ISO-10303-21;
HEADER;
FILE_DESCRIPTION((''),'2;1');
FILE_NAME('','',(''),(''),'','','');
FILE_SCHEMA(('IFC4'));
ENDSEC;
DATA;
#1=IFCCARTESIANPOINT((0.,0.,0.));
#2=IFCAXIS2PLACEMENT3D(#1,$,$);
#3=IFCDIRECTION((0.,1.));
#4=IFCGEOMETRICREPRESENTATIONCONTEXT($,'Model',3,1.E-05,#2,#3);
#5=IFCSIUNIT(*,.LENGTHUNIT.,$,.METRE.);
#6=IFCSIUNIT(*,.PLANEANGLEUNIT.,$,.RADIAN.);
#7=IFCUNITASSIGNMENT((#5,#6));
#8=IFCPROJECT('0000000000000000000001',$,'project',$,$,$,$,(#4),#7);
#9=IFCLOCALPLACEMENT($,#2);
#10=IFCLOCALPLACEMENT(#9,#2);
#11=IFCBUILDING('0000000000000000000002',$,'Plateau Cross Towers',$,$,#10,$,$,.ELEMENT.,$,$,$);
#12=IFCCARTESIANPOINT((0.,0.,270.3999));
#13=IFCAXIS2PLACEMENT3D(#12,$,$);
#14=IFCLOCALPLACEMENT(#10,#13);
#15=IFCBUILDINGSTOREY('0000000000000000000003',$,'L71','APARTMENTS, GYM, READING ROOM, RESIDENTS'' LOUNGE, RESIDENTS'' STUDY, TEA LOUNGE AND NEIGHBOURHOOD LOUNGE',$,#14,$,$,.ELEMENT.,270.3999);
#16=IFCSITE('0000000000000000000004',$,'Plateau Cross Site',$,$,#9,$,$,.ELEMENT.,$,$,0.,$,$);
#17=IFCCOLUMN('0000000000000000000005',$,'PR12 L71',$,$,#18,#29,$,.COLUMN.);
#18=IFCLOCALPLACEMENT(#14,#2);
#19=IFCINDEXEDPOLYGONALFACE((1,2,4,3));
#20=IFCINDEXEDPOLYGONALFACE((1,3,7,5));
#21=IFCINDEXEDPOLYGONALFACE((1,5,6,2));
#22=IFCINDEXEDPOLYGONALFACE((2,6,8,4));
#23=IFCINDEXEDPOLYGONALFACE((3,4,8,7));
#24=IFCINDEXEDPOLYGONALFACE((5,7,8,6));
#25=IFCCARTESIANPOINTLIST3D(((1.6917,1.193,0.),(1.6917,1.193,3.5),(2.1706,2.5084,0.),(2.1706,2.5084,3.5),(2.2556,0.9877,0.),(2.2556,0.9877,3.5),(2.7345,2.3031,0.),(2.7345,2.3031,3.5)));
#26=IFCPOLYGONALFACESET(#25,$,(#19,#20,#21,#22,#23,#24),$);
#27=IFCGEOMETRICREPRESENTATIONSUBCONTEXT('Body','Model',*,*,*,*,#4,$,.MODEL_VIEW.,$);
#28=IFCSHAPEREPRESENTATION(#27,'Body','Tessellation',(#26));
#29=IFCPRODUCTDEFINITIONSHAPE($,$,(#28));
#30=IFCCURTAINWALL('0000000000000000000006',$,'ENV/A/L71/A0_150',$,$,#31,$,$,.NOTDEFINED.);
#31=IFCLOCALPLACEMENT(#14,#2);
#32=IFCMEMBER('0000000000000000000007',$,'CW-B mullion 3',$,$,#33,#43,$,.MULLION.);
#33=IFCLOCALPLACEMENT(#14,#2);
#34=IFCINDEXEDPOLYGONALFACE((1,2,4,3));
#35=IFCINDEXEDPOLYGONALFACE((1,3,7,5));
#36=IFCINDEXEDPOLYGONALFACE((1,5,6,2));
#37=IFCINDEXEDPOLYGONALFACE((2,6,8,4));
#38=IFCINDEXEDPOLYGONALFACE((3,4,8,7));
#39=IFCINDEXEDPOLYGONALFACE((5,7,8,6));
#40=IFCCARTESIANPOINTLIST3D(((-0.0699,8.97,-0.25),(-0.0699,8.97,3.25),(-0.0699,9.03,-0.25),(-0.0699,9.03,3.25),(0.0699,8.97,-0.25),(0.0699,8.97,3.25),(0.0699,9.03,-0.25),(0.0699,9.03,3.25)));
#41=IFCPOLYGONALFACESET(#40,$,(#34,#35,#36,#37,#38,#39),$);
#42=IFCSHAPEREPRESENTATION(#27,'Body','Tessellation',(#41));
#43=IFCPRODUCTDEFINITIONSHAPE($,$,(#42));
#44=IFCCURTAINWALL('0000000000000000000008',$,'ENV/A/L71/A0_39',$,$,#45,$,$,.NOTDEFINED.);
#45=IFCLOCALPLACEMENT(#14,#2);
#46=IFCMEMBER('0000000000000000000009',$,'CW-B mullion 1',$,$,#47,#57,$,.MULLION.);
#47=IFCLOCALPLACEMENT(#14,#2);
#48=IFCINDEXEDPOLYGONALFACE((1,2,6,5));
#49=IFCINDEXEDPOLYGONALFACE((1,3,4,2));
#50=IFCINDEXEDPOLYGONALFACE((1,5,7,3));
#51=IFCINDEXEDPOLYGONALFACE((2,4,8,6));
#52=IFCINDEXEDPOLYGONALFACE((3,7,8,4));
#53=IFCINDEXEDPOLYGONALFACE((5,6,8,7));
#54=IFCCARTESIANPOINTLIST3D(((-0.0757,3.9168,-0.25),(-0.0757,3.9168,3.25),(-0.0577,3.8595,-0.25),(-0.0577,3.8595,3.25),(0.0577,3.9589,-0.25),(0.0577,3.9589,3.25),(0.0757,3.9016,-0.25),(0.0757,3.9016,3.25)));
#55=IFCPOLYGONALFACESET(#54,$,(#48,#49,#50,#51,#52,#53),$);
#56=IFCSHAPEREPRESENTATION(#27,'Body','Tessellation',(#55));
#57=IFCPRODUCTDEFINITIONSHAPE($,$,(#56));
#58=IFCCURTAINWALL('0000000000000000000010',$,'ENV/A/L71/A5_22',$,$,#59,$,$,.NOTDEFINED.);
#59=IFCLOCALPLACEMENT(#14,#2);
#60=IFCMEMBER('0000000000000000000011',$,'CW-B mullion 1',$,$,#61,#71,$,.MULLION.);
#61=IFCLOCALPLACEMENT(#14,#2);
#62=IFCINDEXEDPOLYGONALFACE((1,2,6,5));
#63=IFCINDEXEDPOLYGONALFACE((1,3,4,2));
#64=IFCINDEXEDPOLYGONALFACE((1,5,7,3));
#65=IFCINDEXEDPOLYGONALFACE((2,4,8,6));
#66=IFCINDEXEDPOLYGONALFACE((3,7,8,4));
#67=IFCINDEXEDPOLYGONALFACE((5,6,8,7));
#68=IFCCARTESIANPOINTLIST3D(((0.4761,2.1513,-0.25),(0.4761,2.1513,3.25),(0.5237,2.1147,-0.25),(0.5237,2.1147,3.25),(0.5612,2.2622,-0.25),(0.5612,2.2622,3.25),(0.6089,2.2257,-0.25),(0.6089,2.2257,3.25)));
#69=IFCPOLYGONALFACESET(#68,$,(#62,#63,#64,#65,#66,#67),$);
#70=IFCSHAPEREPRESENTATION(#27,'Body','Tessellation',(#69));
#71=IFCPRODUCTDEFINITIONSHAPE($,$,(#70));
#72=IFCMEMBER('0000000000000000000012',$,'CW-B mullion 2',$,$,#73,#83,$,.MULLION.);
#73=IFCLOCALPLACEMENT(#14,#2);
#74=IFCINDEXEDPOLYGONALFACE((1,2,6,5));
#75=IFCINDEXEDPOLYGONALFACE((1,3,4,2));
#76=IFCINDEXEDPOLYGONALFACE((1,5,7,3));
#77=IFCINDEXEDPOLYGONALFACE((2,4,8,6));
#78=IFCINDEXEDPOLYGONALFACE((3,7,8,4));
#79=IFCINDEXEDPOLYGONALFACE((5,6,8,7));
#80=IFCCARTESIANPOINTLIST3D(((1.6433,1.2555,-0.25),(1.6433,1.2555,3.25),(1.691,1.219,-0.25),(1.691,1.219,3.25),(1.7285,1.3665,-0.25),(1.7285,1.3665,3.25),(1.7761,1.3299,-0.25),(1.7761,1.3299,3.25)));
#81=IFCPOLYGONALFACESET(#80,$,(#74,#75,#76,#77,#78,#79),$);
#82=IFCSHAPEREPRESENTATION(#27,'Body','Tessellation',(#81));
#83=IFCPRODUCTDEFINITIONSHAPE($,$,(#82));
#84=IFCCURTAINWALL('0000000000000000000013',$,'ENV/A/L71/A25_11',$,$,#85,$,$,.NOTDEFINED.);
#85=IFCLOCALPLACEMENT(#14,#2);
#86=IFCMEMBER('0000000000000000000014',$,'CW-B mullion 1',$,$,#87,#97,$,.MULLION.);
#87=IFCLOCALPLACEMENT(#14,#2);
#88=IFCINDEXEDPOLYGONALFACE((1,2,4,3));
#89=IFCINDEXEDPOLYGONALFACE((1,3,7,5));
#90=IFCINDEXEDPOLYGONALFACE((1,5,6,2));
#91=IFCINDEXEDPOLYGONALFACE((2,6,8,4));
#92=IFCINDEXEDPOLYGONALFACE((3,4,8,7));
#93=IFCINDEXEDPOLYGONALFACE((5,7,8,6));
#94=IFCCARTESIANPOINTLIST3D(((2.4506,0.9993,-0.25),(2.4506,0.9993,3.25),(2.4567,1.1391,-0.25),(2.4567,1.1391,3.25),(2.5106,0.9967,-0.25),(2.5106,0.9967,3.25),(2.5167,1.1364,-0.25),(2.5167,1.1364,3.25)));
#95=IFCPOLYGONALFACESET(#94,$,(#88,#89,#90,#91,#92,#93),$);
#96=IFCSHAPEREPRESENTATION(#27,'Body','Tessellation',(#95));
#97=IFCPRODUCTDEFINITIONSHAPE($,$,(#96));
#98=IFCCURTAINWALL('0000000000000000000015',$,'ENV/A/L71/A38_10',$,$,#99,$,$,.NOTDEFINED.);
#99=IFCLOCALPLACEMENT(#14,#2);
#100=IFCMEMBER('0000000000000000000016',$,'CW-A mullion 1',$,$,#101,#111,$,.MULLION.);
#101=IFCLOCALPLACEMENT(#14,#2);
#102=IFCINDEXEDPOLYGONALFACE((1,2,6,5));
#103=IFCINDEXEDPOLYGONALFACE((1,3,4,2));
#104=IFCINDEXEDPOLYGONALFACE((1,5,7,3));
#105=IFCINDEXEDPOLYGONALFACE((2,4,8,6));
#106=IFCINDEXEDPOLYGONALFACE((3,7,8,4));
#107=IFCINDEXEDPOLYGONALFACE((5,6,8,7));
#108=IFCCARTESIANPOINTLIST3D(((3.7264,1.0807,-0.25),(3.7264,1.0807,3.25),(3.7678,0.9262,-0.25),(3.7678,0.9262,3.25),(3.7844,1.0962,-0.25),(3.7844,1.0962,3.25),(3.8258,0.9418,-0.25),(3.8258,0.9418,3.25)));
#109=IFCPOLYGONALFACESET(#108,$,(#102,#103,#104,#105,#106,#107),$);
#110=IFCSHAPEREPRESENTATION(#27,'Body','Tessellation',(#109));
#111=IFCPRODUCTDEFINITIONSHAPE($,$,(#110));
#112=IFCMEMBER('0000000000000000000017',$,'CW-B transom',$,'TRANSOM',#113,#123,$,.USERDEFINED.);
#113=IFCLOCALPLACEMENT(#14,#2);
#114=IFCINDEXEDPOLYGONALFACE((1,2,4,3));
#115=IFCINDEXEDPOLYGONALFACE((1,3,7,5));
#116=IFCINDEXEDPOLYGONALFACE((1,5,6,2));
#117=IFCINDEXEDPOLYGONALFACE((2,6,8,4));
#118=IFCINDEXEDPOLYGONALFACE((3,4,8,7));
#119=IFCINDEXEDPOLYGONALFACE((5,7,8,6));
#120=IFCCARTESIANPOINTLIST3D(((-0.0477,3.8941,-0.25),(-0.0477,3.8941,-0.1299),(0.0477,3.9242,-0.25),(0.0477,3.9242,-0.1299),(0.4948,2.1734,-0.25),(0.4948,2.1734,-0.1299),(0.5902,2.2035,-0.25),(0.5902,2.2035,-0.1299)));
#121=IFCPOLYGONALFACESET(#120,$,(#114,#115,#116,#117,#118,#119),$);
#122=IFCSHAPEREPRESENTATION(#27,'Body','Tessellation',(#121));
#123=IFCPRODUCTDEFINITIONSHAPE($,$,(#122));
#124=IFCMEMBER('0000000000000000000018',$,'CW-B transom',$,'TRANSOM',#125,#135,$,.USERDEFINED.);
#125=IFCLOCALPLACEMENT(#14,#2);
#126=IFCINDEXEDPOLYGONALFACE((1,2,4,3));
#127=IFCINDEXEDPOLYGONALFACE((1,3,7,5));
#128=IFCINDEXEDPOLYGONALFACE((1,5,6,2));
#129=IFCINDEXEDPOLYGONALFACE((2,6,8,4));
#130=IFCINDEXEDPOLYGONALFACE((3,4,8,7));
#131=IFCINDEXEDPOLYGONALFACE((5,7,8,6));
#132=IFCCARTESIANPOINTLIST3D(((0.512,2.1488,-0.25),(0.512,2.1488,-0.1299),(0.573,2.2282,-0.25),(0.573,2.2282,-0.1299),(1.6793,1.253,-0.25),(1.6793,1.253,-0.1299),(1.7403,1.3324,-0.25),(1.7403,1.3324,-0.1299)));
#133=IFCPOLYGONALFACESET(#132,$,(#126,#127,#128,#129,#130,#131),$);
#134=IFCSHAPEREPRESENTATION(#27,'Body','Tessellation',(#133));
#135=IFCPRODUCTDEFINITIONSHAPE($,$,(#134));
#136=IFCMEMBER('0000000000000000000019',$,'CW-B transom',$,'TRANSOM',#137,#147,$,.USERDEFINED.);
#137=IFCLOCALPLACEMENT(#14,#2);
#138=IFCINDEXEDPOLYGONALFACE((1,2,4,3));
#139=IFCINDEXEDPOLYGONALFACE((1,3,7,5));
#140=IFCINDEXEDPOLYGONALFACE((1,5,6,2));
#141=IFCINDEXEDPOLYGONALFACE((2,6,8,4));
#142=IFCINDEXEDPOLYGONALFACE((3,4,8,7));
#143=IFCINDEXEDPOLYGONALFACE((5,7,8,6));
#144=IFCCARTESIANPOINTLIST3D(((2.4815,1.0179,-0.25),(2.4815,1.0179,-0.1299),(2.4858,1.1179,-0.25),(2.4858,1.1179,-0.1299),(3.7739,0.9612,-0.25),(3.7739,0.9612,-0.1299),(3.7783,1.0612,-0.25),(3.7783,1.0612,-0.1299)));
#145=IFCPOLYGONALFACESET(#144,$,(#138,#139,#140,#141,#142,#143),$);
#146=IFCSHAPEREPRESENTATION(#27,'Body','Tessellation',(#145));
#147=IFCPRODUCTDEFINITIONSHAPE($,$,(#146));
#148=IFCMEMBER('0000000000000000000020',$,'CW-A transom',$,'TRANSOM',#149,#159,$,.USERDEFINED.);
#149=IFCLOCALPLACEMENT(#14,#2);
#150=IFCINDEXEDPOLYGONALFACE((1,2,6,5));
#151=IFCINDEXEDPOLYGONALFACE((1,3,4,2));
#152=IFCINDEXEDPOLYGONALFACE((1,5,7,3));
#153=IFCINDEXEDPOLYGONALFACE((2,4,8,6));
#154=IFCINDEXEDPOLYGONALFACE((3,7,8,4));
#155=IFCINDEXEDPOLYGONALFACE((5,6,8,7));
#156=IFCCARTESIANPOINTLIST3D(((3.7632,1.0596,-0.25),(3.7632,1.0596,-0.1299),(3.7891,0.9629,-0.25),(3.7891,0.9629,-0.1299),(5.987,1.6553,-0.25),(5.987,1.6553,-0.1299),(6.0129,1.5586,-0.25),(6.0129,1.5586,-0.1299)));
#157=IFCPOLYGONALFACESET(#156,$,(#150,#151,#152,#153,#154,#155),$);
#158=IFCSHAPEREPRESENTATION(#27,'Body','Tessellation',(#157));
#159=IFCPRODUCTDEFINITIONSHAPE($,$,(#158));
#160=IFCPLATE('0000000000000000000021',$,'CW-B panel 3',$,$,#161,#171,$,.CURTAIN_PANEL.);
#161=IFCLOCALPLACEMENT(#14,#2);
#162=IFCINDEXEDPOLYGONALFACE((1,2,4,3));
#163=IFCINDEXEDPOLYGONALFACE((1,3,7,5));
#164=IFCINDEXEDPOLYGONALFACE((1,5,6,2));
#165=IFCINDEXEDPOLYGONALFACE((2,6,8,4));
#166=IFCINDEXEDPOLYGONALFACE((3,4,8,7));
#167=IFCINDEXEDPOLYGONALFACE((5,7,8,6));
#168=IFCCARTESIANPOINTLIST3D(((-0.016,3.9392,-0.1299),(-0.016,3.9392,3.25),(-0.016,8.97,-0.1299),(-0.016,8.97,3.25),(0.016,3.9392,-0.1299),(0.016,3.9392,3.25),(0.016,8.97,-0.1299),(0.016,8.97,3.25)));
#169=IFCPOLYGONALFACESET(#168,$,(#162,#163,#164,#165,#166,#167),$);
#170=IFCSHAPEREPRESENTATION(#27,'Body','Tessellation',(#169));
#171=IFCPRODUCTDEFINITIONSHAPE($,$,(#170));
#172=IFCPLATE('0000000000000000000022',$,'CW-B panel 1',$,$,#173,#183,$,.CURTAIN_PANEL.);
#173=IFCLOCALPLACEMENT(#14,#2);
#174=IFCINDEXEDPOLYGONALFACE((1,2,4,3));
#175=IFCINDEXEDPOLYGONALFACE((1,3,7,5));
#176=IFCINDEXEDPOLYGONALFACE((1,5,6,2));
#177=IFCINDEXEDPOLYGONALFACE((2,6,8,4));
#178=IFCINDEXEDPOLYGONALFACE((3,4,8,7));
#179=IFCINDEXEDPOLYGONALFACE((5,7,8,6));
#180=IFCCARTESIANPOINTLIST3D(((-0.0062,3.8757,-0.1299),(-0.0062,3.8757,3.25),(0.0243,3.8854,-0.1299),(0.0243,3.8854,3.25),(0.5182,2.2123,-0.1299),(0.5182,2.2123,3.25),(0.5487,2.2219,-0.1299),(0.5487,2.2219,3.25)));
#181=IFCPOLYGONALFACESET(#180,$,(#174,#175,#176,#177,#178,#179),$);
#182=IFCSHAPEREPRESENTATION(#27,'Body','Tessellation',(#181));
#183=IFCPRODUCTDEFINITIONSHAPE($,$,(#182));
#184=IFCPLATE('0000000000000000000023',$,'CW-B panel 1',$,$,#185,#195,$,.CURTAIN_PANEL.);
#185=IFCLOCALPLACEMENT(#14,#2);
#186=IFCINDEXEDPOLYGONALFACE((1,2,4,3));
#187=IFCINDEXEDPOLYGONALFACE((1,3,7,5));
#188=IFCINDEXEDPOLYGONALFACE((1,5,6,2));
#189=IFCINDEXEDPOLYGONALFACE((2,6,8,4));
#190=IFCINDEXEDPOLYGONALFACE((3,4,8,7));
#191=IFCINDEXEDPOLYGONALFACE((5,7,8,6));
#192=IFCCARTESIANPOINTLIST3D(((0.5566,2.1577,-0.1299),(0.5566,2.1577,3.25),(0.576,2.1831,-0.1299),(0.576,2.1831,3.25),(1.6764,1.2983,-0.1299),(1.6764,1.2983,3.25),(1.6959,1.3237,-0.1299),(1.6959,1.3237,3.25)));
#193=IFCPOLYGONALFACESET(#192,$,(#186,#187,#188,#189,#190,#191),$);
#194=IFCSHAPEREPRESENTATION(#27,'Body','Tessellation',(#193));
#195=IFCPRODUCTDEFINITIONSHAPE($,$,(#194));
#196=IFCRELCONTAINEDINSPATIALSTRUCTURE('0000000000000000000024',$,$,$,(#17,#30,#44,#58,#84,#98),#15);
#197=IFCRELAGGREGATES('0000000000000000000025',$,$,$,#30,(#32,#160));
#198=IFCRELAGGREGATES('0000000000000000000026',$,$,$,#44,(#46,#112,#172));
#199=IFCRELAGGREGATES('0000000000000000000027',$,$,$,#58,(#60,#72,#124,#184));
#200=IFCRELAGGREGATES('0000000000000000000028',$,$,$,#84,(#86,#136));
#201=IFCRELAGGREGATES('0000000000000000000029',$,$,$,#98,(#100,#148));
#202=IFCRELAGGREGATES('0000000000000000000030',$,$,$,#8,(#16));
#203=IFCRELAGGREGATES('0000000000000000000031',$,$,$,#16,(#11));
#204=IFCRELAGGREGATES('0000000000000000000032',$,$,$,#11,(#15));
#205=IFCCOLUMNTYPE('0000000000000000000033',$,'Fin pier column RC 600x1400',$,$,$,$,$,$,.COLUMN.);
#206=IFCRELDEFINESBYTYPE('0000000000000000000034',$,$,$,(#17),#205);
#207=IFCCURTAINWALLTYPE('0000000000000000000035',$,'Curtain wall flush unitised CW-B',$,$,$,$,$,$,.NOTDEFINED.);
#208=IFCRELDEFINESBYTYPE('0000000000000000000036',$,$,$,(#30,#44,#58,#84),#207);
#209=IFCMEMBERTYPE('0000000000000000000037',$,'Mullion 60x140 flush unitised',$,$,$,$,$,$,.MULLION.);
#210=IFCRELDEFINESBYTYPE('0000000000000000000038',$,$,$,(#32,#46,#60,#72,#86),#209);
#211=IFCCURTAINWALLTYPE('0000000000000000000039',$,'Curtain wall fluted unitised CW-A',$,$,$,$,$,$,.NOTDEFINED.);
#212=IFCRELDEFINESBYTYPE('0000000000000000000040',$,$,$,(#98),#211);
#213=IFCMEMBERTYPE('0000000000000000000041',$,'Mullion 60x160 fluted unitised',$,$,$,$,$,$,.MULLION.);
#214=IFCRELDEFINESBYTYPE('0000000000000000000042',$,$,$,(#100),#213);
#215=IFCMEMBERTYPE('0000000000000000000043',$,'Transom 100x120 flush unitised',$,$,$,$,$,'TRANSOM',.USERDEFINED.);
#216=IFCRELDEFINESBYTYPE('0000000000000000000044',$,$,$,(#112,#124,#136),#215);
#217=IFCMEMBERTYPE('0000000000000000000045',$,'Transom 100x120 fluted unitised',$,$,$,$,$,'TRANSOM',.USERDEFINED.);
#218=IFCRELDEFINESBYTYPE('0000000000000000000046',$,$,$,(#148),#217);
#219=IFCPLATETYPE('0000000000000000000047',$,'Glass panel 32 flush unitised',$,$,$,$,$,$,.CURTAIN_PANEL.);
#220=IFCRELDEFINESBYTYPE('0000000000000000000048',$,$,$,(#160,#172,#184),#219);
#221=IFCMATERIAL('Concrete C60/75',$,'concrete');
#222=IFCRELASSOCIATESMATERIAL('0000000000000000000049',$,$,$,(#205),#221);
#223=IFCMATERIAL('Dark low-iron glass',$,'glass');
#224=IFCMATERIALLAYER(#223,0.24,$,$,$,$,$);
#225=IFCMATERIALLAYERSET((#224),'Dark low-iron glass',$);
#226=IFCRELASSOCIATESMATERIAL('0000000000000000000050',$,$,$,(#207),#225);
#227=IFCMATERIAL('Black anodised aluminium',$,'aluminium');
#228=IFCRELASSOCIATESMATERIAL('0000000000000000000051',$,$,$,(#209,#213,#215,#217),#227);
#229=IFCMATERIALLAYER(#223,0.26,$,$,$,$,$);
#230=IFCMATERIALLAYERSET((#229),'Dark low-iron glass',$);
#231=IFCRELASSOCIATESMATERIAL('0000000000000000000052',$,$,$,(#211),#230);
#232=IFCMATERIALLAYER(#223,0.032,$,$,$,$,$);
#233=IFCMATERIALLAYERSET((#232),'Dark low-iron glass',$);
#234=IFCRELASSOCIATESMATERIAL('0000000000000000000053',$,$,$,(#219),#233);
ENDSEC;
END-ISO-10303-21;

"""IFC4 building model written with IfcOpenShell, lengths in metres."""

from ifc_helpers import new_model, si_unit, direction, frame, origin, origin_2d, place, context, subcontext, project, spatial, rectangle, extrude, material, layer, layer_set, material_profile, profile_set, type_object, element, aggregate, save


model = new_model("IFC4")

# Units and contexts
model_context = context("Model", 3, precision=1e-05, world=origin(), true_north=direction((0.0, 1.0)))
body_context = subcontext(model_context, "Body", "Model", "MODEL_VIEW")
ifc_project = project(units=[si_unit("LENGTHUNIT", "METRE"), si_unit("PLANEANGLEUNIT", "RADIAN")], contexts=[model_context])

# Site, building, storey
site_placement = place(None, origin())
site = spatial("IfcSite", under=ifc_project, at=site_placement, Name="Plateau Cross Site", CompositionType="ELEMENT", RefElevation=0.0)
building_placement = place(site_placement, origin())
building = spatial("IfcBuilding", under=site, at=building_placement, Name="Plateau Cross Towers", CompositionType="ELEMENT")
storey_placement = place(building_placement, frame((0.0, 0.0, 270.3999)))
storey = spatial("IfcBuildingStorey", under=building, at=storey_placement, Name="L71", Description="APARTMENTS, GYM, READING ROOM, RESIDENTS' LOUNGE, RESIDENTS' STUDY, TEA LOUNGE AND NEIGHBOURHOOD LOUNGE", CompositionType="ELEMENT", Elevation=270.3999)

# Column
ifc_material_1 = material(Name="Concrete C60/75", Category="concrete")
ifc_material_profile_1 = material_profile(ifc_material_1, rectangle(XDim=0.6001, YDim=1.3999, at=origin_2d()), Name="RC 600x1400")
ifc_profile_set_1 = profile_set([ifc_material_profile_1], Name="Concrete C60/75")
column_type = type_object("IfcColumnType", Name="Fin pier column RC 600x1400", PredefinedType="COLUMN", material=ifc_profile_set_1)
column_placement = place(storey_placement, frame((2.2131, 1.748, 0.0), z_axis=(0.0, 0.0, 1.0), x_axis=(-0.939664, 0.342098, 0.0)))
element("IfcColumn", 1, at=column_placement, inside=storey, type_object=column_type, Name="PR12 L71", PredefinedType="COLUMN", context=body_context, shape_type="SweptSolid", body=[
    extrude(rectangle(XDim=0.6001, YDim=1.3999, at=origin_2d()), origin(), (0.0, 0.0, 1.0), 3.5),
])

# Curtain walls, members
ifc_material_2 = material(Name="Dark low-iron glass", Category="glass")
ifc_layer_1 = layer(ifc_material_2, 0.24)
ifc_layer_set_1 = layer_set([ifc_layer_1], Name="Dark low-iron glass")
curtain_wall_type_1 = type_object("IfcCurtainWallType", Name="Curtain wall flush unitised CW-B", PredefinedType="NOTDEFINED", material=ifc_layer_set_1)
curtain_wall_1_placement = place(storey_placement, origin())
curtain_wall_1 = element("IfcCurtainWall", 2, at=curtain_wall_1_placement, inside=storey, type_object=curtain_wall_type_1, Name="ENV/A/L71/A0_150", PredefinedType="NOTDEFINED")
ifc_material_3 = material(Name="Black anodised aluminium", Category="aluminium")
ifc_material_profile_2 = material_profile(ifc_material_3, rectangle(XDim=0.0601, YDim=0.1399, at=origin_2d()), Name="MULLION 60x140")
ifc_profile_set_2 = profile_set([ifc_material_profile_2], Name="Black anodised aluminium")
member_type_1 = type_object("IfcMemberType", Name="Mullion 60x140 flush unitised", PredefinedType="MULLION", material=ifc_profile_set_2)
member_1_placement = place(storey_placement, frame((0.0, 9.0, -0.25), z_axis=(0.0, 0.0, 1.0), x_axis=(0.0, -1.0, 0.0)))
member_1 = element("IfcMember", 3, at=member_1_placement, type_object=member_type_1, Name="CW-B mullion 3", PredefinedType="MULLION", context=body_context, shape_type="SweptSolid", body=[
    extrude(rectangle(XDim=0.0601, YDim=0.1399, at=origin_2d()), origin(), (0.0, 0.0, 1.0), 3.5),
])
curtain_wall_2_placement = place(storey_placement, origin())
curtain_wall_2 = element("IfcCurtainWall", 4, at=curtain_wall_2_placement, inside=storey, type_object=curtain_wall_type_1, Name="ENV/A/L71/A0_39", PredefinedType="NOTDEFINED")
member_2_placement = place(storey_placement, frame((0.0, 3.9092, -0.25), z_axis=(0.0, 0.0, 1.0), x_axis=(0.300686, -0.953723, 0.0)))
member_2 = element("IfcMember", 5, at=member_2_placement, type_object=member_type_1, Name="CW-B mullion 1", PredefinedType="MULLION", context=body_context, shape_type="SweptSolid", body=[
    extrude(rectangle(XDim=0.0601, YDim=0.1399, at=origin_2d()), origin(), (0.0, 0.0, 1.0), 3.5),
])

# Curtain wall, members
curtain_wall_3_placement = place(storey_placement, origin())
curtain_wall_3 = element("IfcCurtainWall", 6, at=curtain_wall_3_placement, inside=storey, type_object=curtain_wall_type_1, Name="ENV/A/L71/A5_22", PredefinedType="NOTDEFINED")
member_3_placement = place(storey_placement, frame((0.5425, 2.1885, -0.25), z_axis=(0.0, 0.0, 1.0), x_axis=(0.793316, -0.608811, 0.0)))
member_3 = element("IfcMember", 7, at=member_3_placement, type_object=member_type_1, Name="CW-B mullion 1", PredefinedType="MULLION", context=body_context, shape_type="SweptSolid", body=[
    extrude(rectangle(XDim=0.0601, YDim=0.1399, at=origin_2d()), origin(), (0.0, 0.0, 1.0), 3.5),
])
member_4_placement = place(storey_placement, frame((1.7097, 1.2927, -0.25), z_axis=(0.0, 0.0, 1.0), x_axis=(0.793316, -0.608811, 0.0)))
member_4 = element("IfcMember", 8, at=member_4_placement, type_object=member_type_1, Name="CW-B mullion 2", PredefinedType="MULLION", context=body_context, shape_type="SweptSolid", body=[
    extrude(rectangle(XDim=0.0601, YDim=0.1399, at=origin_2d()), origin(), (0.0, 0.0, 1.0), 3.5),
])

# Curtain walls, members
curtain_wall_4_placement = place(storey_placement, origin())
curtain_wall_4 = element("IfcCurtainWall", 9, at=curtain_wall_4_placement, inside=storey, type_object=curtain_wall_type_1, Name="ENV/A/L71/A25_11", PredefinedType="NOTDEFINED")
member_5_placement = place(storey_placement, frame((2.4836, 1.0679, -0.25), z_axis=(0.0, 0.0, 1.0), x_axis=(0.999044, -0.043723, 0.0)))
member_5 = element("IfcMember", 10, at=member_5_placement, type_object=member_type_1, Name="CW-B mullion 1", PredefinedType="MULLION", context=body_context, shape_type="SweptSolid", body=[
    extrude(rectangle(XDim=0.0601, YDim=0.1399, at=origin_2d()), origin(), (0.0, 0.0, 1.0), 3.5),
])
ifc_layer_2 = layer(ifc_material_2, 0.26)
ifc_layer_set_2 = layer_set([ifc_layer_2], Name="Dark low-iron glass")
curtain_wall_type_2 = type_object("IfcCurtainWallType", Name="Curtain wall fluted unitised CW-A", PredefinedType="NOTDEFINED", material=ifc_layer_set_2)
curtain_wall_5_placement = place(storey_placement, origin())
curtain_wall_5 = element("IfcCurtainWall", 11, at=curtain_wall_5_placement, inside=storey, type_object=curtain_wall_type_2, Name="ENV/A/L71/A38_10", PredefinedType="NOTDEFINED")
ifc_material_profile_3 = material_profile(ifc_material_3, rectangle(XDim=0.0601, YDim=0.1599, at=origin_2d()), Name="MULLION 60x160")
ifc_profile_set_3 = profile_set([ifc_material_profile_3], Name="Black anodised aluminium")
member_type_2 = type_object("IfcMemberType", Name="Mullion 60x160 fluted unitised", PredefinedType="MULLION", material=ifc_profile_set_3)
member_6_placement = place(storey_placement, frame((3.7761, 1.0112, -0.25), z_axis=(0.0, 0.0, 1.0), x_axis=(0.965958, 0.258699, 0.0)))
member_6 = element("IfcMember", 12, at=member_6_placement, type_object=member_type_2, Name="CW-A mullion 1", PredefinedType="MULLION", context=body_context, shape_type="SweptSolid", body=[
    extrude(rectangle(XDim=0.0601, YDim=0.1599, at=origin_2d()), origin(), (0.0, 0.0, 1.0), 3.5),
])

# Members
ifc_material_profile_4 = material_profile(ifc_material_3, rectangle(XDim=0.1001, YDim=0.1201, at=origin_2d()), Name="TRANSOM 100x120")
ifc_profile_set_4 = profile_set([ifc_material_profile_4], Name="Black anodised aluminium")
member_type_3 = type_object("IfcMemberType", Name="Transom 100x120 flush unitised", ElementType="TRANSOM", PredefinedType="USERDEFINED", material=ifc_profile_set_4)
member_7_placement = place(storey_placement, frame((0.0, 3.9092, -0.1899), z_axis=(0.300678, -0.953726, 0.0), x_axis=(0.953726, 0.300678, 0.0)))
member_7 = element("IfcMember", 13, at=member_7_placement, type_object=member_type_3, Name="CW-B transom", ObjectType="TRANSOM", PredefinedType="USERDEFINED", context=body_context, shape_type="SweptSolid", body=[
    extrude(rectangle(XDim=0.1001, YDim=0.1201, at=origin_2d()), origin(), (0.0, 0.0, 1.0), 1.8042),
])
member_8_placement = place(storey_placement, frame((0.5425, 2.1885, -0.1899), z_axis=(0.793321, -0.608804, 0.0), x_axis=(0.608804, 0.793321, 0.0)))
member_8 = element("IfcMember", 14, at=member_8_placement, type_object=member_type_3, Name="CW-B transom", ObjectType="TRANSOM", PredefinedType="USERDEFINED", context=body_context, shape_type="SweptSolid", body=[
    extrude(rectangle(XDim=0.1001, YDim=0.1201, at=origin_2d()), origin(), (0.0, 0.0, 1.0), 1.4714),
])
member_9_placement = place(storey_placement, frame((2.4836, 1.0679, -0.1899), z_axis=(0.999041, -0.043781, 0.0), x_axis=(0.043781, 0.999041, 0.0)))
member_9 = element("IfcMember", 15, at=member_9_placement, type_object=member_type_3, Name="CW-B transom", ObjectType="TRANSOM", PredefinedType="USERDEFINED", context=body_context, shape_type="SweptSolid", body=[
    extrude(rectangle(XDim=0.1001, YDim=0.1201, at=origin_2d()), origin(), (0.0, 0.0, 1.0), 1.2937),
])
ifc_material_profile_5 = material_profile(ifc_material_3, rectangle(XDim=0.1001, YDim=0.1201, at=origin_2d()), Name="TRANSOM 100x120")
ifc_profile_set_5 = profile_set([ifc_material_profile_5], Name="Black anodised aluminium")
member_type_4 = type_object("IfcMemberType", Name="Transom 100x120 fluted unitised", ElementType="TRANSOM", PredefinedType="USERDEFINED", material=ifc_profile_set_5)
member_10_placement = place(storey_placement, frame((3.7761, 1.0112, -0.1899), z_axis=(0.965946, 0.258745, 0.0), x_axis=(-0.258745, 0.965946, 0.0)))
member_10 = element("IfcMember", 16, at=member_10_placement, type_object=member_type_4, Name="CW-A transom", ObjectType="TRANSOM", PredefinedType="USERDEFINED", context=body_context, shape_type="SweptSolid", body=[
    extrude(rectangle(XDim=0.1001, YDim=0.1201, at=origin_2d()), origin(), (0.0, 0.0, 1.0), 2.3022),
])

# Plates
ifc_layer_3 = layer(ifc_material_2, 0.032)
ifc_layer_set_3 = layer_set([ifc_layer_3], Name="Dark low-iron glass")
plate_type_1 = type_object("IfcPlateType", Name="Glass panel 32 flush unitised", PredefinedType="CURTAIN_PANEL", material=ifc_layer_set_3)
plate_1_placement = place(storey_placement, frame((0.0, 6.4546, -0.1299), z_axis=(0.0, 0.0, 1.0), x_axis=(0.0, -1.0, 0.0)))
plate_1 = element("IfcPlate", 17, at=plate_1_placement, type_object=plate_type_1, Name="CW-B panel 3", PredefinedType="CURTAIN_PANEL", context=body_context, shape_type="SweptSolid", body=[
    extrude(rectangle(XDim=5.0308, YDim=0.032, at=origin_2d()), origin(), (0.0, 0.0, 1.0), 3.3799),
])
aggregate(curtain_wall_1, [member_1, plate_1])
plate_2_placement = place(storey_placement, frame((0.2712, 3.0488, -0.1299), z_axis=(0.0, 0.0, 1.0), x_axis=(0.300686, -0.953723, 0.0)))
plate_2 = element("IfcPlate", 18, at=plate_2_placement, type_object=plate_type_1, Name="CW-B panel 1", PredefinedType="CURTAIN_PANEL", context=body_context, shape_type="SweptSolid", body=[
    extrude(rectangle(XDim=1.7441, YDim=0.032, at=origin_2d()), origin(), (0.0, 0.0, 1.0), 3.3799),
])
aggregate(curtain_wall_2, [member_2, member_7, plate_2])
plate_3_placement = place(storey_placement, frame((1.1262, 1.7407, -0.1299), z_axis=(0.0, 0.0, 1.0), x_axis=(0.793316, -0.608811, 0.0)))
plate_3 = element("IfcPlate", 19, at=plate_3_placement, type_object=plate_type_1, Name="CW-B panel 1", PredefinedType="CURTAIN_PANEL", context=body_context, shape_type="SweptSolid", body=[
    extrude(rectangle(XDim=1.4116, YDim=0.032, at=origin_2d()), origin(), (0.0, 0.0, 1.0), 3.3799),
])
aggregate(curtain_wall_3, [member_3, member_4, member_8, plate_3])
aggregate(curtain_wall_4, [member_5, member_9])
aggregate(curtain_wall_5, [member_6, member_10])

save(model, "model.ifc")
